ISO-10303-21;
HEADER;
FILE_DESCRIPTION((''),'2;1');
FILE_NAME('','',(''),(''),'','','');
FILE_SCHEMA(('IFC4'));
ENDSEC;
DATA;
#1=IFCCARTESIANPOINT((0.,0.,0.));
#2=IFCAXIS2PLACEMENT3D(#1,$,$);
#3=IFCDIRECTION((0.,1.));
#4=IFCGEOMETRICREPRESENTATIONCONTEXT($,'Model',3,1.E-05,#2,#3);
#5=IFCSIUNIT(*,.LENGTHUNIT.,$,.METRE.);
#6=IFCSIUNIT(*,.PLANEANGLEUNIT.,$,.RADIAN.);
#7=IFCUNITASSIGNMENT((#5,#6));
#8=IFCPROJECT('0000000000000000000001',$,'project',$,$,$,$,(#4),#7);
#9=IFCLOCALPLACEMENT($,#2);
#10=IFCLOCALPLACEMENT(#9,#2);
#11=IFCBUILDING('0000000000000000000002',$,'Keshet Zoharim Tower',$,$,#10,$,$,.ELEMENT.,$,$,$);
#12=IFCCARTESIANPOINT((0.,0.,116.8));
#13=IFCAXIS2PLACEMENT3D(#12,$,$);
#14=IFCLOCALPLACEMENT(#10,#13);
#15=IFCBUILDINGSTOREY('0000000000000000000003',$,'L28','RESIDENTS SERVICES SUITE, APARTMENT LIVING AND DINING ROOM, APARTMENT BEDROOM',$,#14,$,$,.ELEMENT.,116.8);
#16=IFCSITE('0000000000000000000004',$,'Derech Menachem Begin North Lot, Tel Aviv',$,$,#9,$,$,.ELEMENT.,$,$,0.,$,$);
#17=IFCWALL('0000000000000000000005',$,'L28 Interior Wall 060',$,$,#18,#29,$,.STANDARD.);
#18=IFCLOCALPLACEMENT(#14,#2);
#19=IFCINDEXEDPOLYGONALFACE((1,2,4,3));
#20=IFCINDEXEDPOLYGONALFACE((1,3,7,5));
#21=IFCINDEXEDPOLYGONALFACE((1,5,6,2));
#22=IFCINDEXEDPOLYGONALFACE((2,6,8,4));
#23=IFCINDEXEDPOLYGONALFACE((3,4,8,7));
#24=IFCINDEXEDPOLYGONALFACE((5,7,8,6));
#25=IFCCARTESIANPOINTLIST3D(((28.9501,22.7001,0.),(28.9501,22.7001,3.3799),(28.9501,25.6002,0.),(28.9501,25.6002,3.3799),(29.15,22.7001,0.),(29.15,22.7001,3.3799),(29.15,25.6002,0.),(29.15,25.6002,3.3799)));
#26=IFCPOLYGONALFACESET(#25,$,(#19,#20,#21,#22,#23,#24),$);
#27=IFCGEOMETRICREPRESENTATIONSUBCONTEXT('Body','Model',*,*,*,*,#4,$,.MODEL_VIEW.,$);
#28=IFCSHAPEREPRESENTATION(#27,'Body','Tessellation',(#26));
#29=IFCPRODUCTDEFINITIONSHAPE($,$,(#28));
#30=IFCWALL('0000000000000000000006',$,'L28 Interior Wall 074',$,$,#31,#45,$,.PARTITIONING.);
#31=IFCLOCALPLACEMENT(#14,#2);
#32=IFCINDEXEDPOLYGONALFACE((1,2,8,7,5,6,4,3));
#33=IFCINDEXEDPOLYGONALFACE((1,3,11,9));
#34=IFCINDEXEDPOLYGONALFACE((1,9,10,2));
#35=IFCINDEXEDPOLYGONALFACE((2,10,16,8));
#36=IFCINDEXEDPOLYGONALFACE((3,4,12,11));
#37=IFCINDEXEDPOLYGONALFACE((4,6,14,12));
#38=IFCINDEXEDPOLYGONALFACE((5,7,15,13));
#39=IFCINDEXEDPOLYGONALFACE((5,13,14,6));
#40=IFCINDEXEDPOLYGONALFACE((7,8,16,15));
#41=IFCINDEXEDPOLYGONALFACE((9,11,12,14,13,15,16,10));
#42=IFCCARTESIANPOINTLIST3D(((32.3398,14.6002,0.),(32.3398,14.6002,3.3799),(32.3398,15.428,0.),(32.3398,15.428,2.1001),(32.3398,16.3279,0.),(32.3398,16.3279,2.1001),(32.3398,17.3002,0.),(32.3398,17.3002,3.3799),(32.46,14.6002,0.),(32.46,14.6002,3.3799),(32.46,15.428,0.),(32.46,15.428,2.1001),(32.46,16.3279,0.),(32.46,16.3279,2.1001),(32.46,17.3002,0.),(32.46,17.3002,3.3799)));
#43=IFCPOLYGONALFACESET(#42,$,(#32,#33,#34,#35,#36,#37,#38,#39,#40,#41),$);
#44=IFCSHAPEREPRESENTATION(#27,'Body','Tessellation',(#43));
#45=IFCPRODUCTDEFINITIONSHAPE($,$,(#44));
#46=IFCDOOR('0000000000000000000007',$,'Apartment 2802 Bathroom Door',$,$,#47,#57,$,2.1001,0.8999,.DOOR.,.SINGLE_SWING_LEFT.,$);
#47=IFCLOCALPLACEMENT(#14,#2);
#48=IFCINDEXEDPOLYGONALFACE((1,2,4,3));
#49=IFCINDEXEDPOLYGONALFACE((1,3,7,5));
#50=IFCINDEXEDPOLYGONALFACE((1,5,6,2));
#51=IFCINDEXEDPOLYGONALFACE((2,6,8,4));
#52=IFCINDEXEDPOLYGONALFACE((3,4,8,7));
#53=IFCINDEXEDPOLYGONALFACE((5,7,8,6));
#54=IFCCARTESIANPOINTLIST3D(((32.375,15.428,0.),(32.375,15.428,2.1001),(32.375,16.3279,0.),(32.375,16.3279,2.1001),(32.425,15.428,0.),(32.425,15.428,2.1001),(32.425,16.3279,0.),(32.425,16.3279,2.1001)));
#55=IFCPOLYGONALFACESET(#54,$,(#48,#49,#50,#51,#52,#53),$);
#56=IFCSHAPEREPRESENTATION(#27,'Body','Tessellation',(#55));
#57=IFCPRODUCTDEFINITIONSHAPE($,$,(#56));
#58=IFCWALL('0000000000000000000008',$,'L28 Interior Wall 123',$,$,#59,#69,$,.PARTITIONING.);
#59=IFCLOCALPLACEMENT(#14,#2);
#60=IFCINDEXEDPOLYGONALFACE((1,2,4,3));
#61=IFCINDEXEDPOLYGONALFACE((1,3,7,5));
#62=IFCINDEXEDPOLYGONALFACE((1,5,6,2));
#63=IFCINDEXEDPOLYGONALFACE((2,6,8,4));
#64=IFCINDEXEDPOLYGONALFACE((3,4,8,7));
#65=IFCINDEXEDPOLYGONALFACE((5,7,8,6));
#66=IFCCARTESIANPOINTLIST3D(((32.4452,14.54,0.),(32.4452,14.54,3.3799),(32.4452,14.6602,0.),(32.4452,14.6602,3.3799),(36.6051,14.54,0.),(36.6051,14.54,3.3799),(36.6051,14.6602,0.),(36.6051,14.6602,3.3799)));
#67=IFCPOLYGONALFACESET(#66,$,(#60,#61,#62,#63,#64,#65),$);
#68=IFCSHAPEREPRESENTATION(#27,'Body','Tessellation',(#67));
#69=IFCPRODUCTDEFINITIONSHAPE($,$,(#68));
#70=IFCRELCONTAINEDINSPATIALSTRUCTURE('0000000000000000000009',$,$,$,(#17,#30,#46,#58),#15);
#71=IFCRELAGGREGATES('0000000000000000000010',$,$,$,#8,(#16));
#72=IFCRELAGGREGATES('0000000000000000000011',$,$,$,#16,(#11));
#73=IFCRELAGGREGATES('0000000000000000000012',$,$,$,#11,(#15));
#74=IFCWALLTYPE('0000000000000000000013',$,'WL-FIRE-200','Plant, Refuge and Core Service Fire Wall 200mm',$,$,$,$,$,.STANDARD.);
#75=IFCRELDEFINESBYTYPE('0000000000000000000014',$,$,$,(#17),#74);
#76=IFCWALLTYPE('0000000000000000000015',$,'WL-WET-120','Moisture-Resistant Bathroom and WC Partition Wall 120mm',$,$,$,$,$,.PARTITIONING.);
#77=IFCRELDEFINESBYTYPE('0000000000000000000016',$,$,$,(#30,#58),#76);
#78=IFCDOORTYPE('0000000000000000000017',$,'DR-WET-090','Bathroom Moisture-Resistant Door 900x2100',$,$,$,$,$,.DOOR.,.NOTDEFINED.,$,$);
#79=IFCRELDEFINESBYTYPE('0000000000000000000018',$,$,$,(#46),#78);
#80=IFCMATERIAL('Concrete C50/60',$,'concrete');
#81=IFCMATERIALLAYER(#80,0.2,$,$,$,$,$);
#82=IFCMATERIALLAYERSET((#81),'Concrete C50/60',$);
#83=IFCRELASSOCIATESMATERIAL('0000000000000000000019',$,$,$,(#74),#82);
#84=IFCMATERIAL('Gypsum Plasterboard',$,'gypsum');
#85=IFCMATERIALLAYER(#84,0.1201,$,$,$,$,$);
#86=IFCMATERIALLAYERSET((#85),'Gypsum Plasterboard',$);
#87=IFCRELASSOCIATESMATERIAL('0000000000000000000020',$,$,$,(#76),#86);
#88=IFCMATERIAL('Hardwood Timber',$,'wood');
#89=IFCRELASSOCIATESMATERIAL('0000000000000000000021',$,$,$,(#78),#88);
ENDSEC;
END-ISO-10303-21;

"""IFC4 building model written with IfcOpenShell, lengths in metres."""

from ifc_helpers import new_model, si_unit, direction, frame, frame_2d, origin, place, context, subcontext, project, spatial, rectangle, extrude, material, layer, layer_set, type_object, element, fill, save


model = new_model("IFC4")

# Units and contexts
model_context = context("Model", 3, precision=1e-05, world=origin(), true_north=direction((0.0, 1.0)))
body_context = subcontext(model_context, "Body", "Model", "MODEL_VIEW")
ifc_project = project(units=[si_unit("LENGTHUNIT", "METRE"), si_unit("PLANEANGLEUNIT", "RADIAN")], contexts=[model_context])

# Site, building, storey
site_placement = place(None, origin())
site = spatial("IfcSite", under=ifc_project, at=site_placement, Name="Derech Menachem Begin North Lot, Tel Aviv", CompositionType="ELEMENT", RefElevation=0.0)
building_placement = place(site_placement, origin())
building = spatial("IfcBuilding", under=site, at=building_placement, Name="Keshet Zoharim Tower", CompositionType="ELEMENT")
storey_placement = place(building_placement, frame((0.0, 0.0, 116.8)))
storey = spatial("IfcBuildingStorey", under=building, at=storey_placement, Name="L28", Description="RESIDENTS SERVICES SUITE, APARTMENT LIVING AND DINING ROOM, APARTMENT BEDROOM", CompositionType="ELEMENT", Elevation=116.8)

# Shared definitions
ifc_material_1 = material(Name="Gypsum Plasterboard", Category="gypsum")
ifc_material_2 = material(Name="Hardwood Timber", Category="wood")

# Wall
ifc_material_3 = material(Name="Concrete C50/60", Category="concrete")
ifc_layer_1 = layer(ifc_material_3, 0.2)
ifc_layer_set_1 = layer_set([ifc_layer_1], Name="Concrete C50/60")
wall_type_1 = type_object("IfcWallType", Name="WL-FIRE-200", Description="Plant, Refuge and Core Service Fire Wall 200mm", PredefinedType="STANDARD", material=ifc_layer_set_1)
wall_1_placement = place(storey_placement, frame((29.05, 22.7, 0.0), z_axis=(0.0, 0.0, 1.0), x_axis=(0.0, 1.0, 0.0)))
element("IfcWall", 1, at=wall_1_placement, inside=storey, type_object=wall_type_1, Name="L28 Interior Wall 060", PredefinedType="STANDARD", context=body_context, shape_type="SweptSolid", body=[
    extrude(rectangle(XDim=2.9001, YDim=0.2, at=frame_2d((1.4502, 0.0))), origin(), (0.0, 0.0, 1.0), 3.3799),
])

# Wall, opening, door
ifc_layer_2 = layer(ifc_material_1, 0.1201)
ifc_layer_set_2 = layer_set([ifc_layer_2], Name="Gypsum Plasterboard")
wall_type_2 = type_object("IfcWallType", Name="WL-WET-120", Description="Moisture-Resistant Bathroom and WC Partition Wall 120mm", PredefinedType="PARTITIONING", material=ifc_layer_set_2)
wall_2_placement = place(storey_placement, frame((32.3999, 14.6001, 0.0), z_axis=(0.0, 0.0, 1.0), x_axis=(0.0, 1.0, 0.0)))
wall_2 = element("IfcWall", 2, at=wall_2_placement, inside=storey, type_object=wall_type_2, Name="L28 Interior Wall 074", PredefinedType="PARTITIONING", context=body_context, shape_type="SweptSolid", body=[
    extrude(rectangle(XDim=2.7, YDim=0.1201, at=frame_2d((1.3501, 0.0))), origin(), (0.0, 0.0, 1.0), 3.3799),
])
opening_1_placement = place(wall_2_placement, frame((0.8279, 0.0, 0.0)))
opening_1 = element("IfcOpeningElement", 3, at=opening_1_placement, cuts=wall_2, PredefinedType="OPENING", context=body_context, shape_type="SweptSolid", body=[
    extrude(rectangle(XDim=0.8999, YDim=2.1001, at=frame_2d((0.45, 1.05))), frame((0.0, 0.0701, 0.0), z_axis=(0.0, -1.0, 0.0), x_axis=(1.0, 0.0, 0.0)), (0.0, 0.0, 1.0), 0.1401),
])
door_type_1 = type_object("IfcDoorType", Name="DR-WET-090", Description="Bathroom Moisture-Resistant Door 900x2100", OperationType="NOTDEFINED", PredefinedType="DOOR", material=ifc_material_2)
door_1_placement = place(opening_1_placement, origin())
door_1 = element("IfcDoor", 4, at=door_1_placement, inside=storey, type_object=door_type_1, Name="Apartment 2802 Bathroom Door", OperationType="SINGLE_SWING_LEFT", OverallHeight=2.1001, OverallWidth=0.8999, PredefinedType="DOOR", context=body_context, shape_type="SweptSolid", body=[
    extrude(rectangle(XDim=0.8999, YDim=2.1001, at=frame_2d((0.45, 1.05))), frame((0.0, 0.0249, 0.0), z_axis=(0.0, -1.0, 0.0), x_axis=(1.0, 0.0, 0.0)), (0.0, 0.0, 1.0), 0.05),
])
fill(opening_1, door_1)

# Wall
wall_3_placement = place(storey_placement, frame((32.4451, 14.6001, 0.0), z_axis=(0.0, 0.0, 1.0), x_axis=(1.0, 0.0, 0.0)))
element("IfcWall", 5, at=wall_3_placement, inside=storey, type_object=wall_type_2, Name="L28 Interior Wall 123", PredefinedType="PARTITIONING", context=body_context, shape_type="SweptSolid", body=[
    extrude(rectangle(XDim=4.1599, YDim=0.1201, at=frame_2d((2.0801, 0.0))), origin(), (0.0, 0.0, 1.0), 3.3799),
])

save(model, "model.ifc")
